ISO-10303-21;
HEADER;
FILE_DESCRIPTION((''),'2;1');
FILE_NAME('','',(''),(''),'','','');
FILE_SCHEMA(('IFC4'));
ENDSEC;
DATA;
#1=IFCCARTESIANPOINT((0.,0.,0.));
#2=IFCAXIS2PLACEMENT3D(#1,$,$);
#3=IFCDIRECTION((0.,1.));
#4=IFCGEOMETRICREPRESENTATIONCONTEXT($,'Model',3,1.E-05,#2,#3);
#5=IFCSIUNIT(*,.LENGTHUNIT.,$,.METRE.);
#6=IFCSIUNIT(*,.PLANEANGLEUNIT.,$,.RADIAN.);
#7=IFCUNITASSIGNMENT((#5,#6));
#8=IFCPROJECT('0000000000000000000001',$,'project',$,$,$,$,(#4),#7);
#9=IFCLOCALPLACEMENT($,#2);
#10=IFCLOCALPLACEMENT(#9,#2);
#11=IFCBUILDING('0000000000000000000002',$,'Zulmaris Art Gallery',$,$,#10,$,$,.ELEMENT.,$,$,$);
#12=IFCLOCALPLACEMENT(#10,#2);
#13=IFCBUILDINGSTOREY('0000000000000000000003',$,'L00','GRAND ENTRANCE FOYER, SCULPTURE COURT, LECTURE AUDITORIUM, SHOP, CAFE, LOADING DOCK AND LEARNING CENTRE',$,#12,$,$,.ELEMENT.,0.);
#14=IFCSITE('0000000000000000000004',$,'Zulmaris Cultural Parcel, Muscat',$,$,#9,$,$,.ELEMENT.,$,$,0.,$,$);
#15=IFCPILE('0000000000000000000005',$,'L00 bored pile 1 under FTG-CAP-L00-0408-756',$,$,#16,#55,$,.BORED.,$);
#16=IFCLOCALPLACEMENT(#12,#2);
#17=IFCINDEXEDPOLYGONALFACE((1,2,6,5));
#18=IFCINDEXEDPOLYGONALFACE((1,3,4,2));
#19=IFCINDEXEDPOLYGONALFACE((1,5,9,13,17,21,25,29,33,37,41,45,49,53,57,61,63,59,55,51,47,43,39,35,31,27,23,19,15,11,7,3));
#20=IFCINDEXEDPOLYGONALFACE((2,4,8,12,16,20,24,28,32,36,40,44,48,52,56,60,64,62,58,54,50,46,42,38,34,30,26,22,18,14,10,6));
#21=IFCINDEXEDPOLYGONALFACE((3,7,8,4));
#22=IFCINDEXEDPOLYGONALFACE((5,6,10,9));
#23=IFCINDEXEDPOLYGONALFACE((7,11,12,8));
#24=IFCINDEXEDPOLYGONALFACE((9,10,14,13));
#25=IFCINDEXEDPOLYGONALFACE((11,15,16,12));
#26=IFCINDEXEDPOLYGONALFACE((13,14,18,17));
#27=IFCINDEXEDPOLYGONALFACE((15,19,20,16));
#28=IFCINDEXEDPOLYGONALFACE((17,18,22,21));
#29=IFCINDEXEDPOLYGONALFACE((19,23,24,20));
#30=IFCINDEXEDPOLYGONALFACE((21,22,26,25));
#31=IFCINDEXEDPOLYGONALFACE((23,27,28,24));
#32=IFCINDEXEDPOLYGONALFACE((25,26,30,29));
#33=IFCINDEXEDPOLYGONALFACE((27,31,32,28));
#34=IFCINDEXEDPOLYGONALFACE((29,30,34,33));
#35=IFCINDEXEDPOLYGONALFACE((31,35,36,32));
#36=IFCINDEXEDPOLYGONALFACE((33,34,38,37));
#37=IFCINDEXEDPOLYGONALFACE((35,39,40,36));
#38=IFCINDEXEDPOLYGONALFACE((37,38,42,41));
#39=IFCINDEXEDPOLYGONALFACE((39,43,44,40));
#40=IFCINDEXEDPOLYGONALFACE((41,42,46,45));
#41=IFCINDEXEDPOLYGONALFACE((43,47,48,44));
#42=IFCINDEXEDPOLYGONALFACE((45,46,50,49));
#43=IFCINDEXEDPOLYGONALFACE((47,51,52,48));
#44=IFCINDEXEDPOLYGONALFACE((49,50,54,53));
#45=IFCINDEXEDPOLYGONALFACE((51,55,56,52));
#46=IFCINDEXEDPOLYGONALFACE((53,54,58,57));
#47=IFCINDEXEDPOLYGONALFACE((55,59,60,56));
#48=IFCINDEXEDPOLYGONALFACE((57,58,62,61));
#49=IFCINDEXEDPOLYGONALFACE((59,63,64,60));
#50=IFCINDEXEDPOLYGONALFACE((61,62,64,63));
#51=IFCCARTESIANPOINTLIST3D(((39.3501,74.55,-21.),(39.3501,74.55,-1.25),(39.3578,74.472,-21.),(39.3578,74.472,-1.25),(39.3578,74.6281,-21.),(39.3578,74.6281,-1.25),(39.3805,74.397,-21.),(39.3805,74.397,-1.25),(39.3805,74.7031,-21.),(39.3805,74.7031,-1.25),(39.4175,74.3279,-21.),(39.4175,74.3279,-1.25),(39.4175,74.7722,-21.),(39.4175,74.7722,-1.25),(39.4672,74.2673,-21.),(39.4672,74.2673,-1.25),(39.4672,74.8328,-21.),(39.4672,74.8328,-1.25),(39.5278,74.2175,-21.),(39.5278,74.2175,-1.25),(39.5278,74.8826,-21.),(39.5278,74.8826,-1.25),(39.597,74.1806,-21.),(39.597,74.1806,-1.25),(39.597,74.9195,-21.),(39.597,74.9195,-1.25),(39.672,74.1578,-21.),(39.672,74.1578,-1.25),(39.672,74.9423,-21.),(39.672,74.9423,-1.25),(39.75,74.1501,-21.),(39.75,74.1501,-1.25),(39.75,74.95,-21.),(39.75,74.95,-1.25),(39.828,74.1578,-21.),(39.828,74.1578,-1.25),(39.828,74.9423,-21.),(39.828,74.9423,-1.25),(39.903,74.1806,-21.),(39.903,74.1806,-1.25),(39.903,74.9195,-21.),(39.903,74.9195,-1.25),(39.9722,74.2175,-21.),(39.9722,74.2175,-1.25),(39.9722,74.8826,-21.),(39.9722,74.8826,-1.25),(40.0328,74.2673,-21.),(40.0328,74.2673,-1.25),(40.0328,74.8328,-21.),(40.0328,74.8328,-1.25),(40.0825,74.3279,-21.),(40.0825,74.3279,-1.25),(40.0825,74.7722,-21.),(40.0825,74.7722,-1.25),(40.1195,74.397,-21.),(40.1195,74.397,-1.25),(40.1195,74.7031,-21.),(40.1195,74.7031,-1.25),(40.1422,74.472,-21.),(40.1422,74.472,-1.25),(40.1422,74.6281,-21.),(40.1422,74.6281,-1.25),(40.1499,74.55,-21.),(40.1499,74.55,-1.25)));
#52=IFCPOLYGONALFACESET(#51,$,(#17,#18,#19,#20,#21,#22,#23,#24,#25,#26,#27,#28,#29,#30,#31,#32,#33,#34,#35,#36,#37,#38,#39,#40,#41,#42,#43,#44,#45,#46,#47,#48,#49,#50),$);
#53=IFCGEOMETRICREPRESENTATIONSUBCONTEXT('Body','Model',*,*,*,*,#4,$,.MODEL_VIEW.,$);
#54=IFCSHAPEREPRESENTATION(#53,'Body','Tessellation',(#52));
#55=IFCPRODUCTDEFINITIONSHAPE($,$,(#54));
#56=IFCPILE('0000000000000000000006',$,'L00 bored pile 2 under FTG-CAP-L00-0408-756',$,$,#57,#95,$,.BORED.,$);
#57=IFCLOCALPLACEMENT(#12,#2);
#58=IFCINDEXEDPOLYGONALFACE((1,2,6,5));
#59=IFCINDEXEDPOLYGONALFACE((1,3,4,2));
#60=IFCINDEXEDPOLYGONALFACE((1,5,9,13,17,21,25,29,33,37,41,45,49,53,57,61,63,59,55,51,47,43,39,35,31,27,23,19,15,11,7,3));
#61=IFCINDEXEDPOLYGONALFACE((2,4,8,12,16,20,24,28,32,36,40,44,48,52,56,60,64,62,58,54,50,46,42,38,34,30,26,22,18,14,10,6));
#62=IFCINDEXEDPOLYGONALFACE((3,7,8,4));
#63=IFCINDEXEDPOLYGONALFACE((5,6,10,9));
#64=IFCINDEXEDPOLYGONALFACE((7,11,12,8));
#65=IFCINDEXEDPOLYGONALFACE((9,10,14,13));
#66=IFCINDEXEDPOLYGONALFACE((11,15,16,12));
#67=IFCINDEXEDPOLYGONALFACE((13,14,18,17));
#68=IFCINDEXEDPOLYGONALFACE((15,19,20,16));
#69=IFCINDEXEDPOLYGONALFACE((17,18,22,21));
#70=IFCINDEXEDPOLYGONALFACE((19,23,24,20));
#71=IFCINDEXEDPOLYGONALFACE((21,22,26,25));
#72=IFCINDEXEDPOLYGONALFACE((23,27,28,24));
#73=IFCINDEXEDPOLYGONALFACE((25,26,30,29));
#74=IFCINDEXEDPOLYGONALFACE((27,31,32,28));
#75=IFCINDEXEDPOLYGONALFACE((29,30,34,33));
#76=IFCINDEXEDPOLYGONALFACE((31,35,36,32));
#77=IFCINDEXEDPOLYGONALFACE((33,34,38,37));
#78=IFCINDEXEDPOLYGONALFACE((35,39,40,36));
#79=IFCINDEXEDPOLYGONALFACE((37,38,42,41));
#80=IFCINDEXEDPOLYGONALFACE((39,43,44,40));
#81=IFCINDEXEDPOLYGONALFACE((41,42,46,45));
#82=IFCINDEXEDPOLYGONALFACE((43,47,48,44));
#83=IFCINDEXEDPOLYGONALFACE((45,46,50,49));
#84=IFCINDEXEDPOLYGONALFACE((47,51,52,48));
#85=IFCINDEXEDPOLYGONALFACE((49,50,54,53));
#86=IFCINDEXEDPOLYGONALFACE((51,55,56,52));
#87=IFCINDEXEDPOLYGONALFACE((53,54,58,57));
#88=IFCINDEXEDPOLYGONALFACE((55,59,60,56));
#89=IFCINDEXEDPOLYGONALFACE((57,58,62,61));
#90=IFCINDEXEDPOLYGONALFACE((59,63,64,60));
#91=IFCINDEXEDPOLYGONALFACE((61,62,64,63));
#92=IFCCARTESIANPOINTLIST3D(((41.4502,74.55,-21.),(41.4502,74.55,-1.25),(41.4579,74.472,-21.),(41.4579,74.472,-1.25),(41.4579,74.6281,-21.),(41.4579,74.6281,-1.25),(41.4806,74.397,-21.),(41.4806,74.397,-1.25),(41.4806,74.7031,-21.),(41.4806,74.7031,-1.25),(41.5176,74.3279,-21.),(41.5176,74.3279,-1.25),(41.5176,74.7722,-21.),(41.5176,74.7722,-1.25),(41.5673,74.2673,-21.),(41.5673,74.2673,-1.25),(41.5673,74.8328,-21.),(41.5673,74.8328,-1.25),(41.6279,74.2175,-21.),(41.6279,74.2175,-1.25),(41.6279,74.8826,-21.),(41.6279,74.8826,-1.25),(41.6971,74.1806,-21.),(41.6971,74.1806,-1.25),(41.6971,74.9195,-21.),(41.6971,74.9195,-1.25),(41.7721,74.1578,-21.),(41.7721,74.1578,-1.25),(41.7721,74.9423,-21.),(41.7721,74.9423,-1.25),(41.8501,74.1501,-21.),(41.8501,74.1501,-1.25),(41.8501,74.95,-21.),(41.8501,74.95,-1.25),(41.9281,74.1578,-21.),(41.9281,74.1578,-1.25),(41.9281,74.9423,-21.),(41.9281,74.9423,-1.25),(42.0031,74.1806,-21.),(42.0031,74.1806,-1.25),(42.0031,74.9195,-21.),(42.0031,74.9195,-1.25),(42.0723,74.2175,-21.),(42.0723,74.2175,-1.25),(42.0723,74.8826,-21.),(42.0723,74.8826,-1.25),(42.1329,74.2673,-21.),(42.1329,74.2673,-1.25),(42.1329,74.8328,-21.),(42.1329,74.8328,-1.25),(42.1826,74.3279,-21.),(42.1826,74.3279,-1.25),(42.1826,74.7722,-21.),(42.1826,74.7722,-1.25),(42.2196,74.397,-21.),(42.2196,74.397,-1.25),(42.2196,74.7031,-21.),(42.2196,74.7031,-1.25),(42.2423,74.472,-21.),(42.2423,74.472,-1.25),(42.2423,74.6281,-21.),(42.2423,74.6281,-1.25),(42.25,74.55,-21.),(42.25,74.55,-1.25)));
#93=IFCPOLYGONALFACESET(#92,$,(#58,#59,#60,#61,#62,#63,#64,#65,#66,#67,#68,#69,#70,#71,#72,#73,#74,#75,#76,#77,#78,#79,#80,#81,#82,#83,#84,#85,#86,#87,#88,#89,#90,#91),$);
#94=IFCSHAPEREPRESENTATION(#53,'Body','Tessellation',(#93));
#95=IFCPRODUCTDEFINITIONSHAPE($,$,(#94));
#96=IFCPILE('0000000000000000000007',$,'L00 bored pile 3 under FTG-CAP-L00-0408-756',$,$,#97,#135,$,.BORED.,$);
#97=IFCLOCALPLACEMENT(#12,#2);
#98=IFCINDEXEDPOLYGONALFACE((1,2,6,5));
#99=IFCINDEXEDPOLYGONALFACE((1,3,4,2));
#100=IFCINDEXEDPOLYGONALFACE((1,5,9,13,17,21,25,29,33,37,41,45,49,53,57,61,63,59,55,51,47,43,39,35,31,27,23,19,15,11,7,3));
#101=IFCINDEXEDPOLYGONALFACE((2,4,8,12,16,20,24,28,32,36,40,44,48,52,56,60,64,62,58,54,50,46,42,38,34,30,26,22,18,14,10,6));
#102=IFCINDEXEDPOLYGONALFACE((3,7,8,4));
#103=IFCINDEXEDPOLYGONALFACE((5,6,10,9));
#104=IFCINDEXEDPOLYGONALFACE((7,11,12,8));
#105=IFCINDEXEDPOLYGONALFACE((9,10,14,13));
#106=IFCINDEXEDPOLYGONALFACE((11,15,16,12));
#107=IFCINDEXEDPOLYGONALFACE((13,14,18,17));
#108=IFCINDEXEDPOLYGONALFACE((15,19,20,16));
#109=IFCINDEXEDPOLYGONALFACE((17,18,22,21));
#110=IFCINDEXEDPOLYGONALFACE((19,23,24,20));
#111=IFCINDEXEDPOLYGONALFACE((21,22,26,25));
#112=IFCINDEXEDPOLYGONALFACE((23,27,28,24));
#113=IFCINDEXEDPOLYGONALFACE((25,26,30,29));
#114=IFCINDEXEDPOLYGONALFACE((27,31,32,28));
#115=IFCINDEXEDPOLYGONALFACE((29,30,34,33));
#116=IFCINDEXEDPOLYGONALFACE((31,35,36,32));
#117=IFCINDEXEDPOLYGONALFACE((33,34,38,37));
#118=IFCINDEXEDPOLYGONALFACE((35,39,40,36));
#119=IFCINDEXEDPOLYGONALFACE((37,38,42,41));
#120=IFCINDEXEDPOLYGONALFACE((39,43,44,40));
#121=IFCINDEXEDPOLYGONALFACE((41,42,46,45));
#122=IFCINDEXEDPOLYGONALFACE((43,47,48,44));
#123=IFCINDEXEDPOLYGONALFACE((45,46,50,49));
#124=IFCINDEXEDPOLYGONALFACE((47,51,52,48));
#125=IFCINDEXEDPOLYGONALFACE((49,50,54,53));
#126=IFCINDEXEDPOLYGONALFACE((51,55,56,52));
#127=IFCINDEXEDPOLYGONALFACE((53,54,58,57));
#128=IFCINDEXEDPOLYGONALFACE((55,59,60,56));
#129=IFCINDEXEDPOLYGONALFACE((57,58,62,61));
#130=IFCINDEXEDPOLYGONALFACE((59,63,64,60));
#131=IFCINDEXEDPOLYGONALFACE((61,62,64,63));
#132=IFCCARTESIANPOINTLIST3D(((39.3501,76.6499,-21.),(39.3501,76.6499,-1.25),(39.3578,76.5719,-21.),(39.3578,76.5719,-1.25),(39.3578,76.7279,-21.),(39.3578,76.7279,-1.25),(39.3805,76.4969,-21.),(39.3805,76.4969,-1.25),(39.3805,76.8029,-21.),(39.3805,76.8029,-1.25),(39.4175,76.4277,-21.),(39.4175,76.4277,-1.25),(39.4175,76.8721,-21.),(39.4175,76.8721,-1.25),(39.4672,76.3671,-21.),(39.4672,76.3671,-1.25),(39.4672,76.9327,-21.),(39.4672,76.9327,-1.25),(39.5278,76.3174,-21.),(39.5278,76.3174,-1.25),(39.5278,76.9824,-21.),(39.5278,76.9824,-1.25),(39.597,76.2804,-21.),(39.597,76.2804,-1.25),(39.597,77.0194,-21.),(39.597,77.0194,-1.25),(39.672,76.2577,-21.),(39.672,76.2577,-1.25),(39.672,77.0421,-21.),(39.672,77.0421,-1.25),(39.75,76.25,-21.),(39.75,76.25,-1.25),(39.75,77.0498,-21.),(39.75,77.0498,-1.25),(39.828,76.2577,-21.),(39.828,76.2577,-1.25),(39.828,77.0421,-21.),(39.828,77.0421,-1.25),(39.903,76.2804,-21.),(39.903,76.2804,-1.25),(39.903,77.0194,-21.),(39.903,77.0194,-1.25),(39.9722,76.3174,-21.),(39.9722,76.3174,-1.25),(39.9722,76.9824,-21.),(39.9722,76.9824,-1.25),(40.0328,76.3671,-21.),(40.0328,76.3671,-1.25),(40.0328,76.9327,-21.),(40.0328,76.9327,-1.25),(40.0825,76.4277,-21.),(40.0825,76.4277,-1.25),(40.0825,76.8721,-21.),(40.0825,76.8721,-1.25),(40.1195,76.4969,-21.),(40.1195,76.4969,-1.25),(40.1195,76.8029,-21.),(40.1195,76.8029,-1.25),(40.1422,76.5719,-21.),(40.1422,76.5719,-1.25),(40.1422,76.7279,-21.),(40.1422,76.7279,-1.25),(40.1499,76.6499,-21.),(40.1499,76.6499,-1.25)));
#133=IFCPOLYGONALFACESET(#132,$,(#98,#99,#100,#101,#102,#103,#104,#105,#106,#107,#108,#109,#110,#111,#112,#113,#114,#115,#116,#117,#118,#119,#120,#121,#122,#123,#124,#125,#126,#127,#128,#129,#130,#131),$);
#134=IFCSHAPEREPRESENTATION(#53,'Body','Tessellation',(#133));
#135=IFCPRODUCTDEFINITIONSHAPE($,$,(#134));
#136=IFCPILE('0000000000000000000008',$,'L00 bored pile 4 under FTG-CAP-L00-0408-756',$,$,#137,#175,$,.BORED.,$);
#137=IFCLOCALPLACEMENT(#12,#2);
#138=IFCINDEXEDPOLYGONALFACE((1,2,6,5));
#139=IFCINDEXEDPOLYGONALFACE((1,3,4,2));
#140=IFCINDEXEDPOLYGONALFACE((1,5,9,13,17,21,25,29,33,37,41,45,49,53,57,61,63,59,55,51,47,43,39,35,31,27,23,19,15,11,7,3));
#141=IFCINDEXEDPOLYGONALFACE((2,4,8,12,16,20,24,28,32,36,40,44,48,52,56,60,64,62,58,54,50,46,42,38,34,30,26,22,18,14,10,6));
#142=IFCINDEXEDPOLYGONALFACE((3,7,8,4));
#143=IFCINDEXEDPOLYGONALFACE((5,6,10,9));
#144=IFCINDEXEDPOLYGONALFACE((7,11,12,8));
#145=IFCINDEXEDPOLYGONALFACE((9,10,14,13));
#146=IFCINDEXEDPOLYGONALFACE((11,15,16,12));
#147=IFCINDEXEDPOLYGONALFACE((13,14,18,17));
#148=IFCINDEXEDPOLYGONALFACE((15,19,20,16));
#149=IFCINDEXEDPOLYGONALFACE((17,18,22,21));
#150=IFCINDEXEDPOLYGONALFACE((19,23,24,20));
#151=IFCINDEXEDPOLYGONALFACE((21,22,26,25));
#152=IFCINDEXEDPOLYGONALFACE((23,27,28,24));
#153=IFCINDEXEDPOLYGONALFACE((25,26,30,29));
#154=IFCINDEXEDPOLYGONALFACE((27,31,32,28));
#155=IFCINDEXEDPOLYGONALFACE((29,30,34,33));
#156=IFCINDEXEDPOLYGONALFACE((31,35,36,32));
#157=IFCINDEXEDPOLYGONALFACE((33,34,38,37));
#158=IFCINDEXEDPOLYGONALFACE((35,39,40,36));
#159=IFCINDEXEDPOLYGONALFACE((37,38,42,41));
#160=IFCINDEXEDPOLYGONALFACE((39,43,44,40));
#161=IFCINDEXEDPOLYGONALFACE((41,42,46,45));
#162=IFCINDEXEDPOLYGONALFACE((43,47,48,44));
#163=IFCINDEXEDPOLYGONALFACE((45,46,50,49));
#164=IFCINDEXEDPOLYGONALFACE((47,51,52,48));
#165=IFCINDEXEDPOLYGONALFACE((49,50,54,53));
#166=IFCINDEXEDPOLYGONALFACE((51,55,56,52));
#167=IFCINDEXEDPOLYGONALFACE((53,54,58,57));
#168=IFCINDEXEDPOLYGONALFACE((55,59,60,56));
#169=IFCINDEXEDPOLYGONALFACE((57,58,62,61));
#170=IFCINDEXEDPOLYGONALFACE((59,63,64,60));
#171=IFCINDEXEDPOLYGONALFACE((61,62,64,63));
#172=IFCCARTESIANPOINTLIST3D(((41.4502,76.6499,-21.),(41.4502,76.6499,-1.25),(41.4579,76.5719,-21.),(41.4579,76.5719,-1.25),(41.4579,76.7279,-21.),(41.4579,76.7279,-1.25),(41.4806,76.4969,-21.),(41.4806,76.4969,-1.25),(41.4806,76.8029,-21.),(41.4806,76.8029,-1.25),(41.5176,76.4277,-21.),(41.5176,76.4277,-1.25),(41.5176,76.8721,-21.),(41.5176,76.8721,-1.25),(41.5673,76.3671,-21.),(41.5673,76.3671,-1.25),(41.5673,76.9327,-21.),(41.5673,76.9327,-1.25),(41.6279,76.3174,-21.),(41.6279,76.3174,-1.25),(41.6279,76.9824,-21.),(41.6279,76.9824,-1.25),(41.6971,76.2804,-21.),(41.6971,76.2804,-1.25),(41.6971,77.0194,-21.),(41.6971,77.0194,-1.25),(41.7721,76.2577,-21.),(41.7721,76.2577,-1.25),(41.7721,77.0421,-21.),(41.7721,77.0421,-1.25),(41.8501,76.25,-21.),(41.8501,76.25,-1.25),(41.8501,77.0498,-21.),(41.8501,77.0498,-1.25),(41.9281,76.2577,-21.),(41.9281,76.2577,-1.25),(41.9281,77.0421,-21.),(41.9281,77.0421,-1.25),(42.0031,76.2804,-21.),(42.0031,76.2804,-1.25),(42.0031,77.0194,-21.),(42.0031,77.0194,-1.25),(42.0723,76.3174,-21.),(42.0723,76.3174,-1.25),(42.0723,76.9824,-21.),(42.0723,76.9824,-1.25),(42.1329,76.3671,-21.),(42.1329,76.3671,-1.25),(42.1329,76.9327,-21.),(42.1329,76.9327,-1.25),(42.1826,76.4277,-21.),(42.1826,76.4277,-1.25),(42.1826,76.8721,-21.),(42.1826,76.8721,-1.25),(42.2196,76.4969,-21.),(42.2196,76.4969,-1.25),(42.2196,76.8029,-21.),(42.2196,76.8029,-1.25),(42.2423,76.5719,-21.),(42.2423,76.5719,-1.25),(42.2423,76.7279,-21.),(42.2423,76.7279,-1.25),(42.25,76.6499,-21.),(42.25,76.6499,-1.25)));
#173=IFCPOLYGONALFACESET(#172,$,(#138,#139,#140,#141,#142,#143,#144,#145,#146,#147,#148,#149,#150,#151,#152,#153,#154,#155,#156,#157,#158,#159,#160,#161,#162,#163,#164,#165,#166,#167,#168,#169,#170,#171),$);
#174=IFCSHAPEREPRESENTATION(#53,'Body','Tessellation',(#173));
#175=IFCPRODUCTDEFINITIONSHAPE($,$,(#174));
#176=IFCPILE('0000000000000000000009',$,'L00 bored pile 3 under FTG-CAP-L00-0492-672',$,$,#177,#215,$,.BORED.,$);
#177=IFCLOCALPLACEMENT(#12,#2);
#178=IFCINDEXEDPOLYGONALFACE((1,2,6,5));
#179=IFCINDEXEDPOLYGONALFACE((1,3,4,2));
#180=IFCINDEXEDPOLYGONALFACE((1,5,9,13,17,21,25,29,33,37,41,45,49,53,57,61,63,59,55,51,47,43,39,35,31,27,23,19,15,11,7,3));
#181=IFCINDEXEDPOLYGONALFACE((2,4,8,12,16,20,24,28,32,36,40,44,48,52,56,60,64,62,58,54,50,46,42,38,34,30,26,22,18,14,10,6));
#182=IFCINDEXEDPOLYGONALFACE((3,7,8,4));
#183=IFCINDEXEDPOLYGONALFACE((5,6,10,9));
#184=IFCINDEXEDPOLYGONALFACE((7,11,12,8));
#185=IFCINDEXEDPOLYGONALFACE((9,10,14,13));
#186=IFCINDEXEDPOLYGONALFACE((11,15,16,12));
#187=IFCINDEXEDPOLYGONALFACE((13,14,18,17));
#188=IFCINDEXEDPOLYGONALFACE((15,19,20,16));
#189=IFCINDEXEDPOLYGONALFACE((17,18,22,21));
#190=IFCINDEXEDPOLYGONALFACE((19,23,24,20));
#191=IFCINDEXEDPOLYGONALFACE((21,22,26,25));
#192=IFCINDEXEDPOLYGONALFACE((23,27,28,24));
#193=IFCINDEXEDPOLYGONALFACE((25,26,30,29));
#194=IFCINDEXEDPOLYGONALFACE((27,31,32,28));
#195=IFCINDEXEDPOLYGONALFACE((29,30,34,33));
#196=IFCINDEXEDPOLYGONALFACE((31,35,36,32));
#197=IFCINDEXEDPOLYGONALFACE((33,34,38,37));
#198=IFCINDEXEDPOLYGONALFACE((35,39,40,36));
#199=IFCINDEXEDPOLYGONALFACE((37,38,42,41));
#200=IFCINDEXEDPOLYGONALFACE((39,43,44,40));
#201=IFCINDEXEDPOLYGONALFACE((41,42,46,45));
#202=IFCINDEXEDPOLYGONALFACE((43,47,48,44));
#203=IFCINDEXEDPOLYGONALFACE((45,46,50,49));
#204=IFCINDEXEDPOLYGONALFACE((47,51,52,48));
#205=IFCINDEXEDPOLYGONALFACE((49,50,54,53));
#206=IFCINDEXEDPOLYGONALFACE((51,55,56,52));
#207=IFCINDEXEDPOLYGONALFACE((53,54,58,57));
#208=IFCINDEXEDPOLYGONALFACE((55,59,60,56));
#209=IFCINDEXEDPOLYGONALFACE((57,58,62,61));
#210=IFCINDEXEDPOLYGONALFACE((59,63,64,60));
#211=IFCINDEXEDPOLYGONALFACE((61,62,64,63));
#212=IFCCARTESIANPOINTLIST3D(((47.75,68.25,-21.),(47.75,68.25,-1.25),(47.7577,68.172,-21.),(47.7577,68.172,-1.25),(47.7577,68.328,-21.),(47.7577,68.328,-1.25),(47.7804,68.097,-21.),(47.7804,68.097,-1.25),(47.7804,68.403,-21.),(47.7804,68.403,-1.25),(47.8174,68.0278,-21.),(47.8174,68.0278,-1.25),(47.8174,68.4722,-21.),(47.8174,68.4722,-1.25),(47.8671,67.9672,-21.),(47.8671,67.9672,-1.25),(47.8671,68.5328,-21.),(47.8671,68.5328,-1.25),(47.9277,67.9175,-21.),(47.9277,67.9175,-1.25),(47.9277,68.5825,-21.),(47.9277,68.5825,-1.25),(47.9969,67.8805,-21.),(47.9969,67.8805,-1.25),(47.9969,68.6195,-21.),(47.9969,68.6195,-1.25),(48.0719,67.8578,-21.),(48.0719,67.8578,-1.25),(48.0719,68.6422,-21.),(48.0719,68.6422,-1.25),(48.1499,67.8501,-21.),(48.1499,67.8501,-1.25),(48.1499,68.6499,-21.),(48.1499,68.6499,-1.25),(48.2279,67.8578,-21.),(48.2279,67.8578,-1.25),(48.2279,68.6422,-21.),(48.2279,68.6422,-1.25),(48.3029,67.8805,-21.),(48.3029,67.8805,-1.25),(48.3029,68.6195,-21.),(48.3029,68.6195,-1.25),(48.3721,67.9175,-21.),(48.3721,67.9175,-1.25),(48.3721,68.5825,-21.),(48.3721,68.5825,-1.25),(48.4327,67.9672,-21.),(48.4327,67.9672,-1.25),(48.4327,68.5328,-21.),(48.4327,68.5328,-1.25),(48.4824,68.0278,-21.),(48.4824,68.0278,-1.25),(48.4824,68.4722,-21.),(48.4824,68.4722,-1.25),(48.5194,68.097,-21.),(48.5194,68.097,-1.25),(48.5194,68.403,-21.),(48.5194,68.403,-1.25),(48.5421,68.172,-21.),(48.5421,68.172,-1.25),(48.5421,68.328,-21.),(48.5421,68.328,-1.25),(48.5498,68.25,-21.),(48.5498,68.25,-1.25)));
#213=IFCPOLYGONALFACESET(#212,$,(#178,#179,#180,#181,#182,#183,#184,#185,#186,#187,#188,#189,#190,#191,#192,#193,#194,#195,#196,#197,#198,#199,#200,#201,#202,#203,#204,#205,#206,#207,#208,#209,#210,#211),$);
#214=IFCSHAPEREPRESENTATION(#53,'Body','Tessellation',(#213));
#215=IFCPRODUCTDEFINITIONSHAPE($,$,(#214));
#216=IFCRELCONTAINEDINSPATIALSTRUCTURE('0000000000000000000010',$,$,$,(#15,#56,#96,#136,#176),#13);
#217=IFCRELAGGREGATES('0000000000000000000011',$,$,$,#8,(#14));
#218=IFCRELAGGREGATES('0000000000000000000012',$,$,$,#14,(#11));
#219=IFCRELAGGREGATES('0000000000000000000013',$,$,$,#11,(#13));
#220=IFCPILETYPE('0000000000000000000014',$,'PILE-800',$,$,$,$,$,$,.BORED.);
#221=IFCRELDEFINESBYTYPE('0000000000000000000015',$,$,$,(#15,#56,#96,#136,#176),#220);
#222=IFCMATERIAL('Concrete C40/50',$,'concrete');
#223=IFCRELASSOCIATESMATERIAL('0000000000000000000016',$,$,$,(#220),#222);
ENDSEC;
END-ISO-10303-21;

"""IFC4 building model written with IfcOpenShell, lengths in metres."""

from ifc_helpers import new_model, si_unit, direction, frame, origin, origin_2d, place, context, subcontext, project, spatial, circle, extrude, material, material_profile, profile_set, type_object, element, save


model = new_model("IFC4")

# Units and contexts
model_context = context("Model", 3, precision=1e-05, world=origin(), true_north=direction((0.0, 1.0)))
body_context = subcontext(model_context, "Body", "Model", "MODEL_VIEW")
ifc_project = project(units=[si_unit("LENGTHUNIT", "METRE"), si_unit("PLANEANGLEUNIT", "RADIAN")], contexts=[model_context])

# Site, building, storey
site_placement = place(None, origin())
site = spatial("IfcSite", under=ifc_project, at=site_placement, Name="Zulmaris Cultural Parcel, Muscat", CompositionType="ELEMENT", RefElevation=0.0)
building_placement = place(site_placement, origin())
building = spatial("IfcBuilding", under=site, at=building_placement, Name="Zulmaris Art Gallery", CompositionType="ELEMENT")
storey_placement = place(building_placement, origin())
storey = spatial("IfcBuildingStorey", under=building, at=storey_placement, Name="L00", Description="GRAND ENTRANCE FOYER, SCULPTURE COURT, LECTURE AUDITORIUM, SHOP, CAFE, LOADING DOCK AND LEARNING CENTRE", CompositionType="ELEMENT", Elevation=0.0)

# Piles
ifc_material_1 = material(Name="Concrete C40/50", Category="concrete")
ifc_material_profile_1 = material_profile(ifc_material_1, circle(Radius=0.3999, at=origin_2d()), Name="PILE DIA 800")
ifc_profile_set_1 = profile_set([ifc_material_profile_1], Name="Concrete C40/50")
pile_type = type_object("IfcPileType", Name="PILE-800", PredefinedType="BORED", material=ifc_profile_set_1)
for number, where, z_axis, x_axis, name in (
    (1, (39.75, 74.55, -1.25), (0.0, 0.0, -1.0), (1.0, 0.0, 0.0), "L00 bored pile 1 under FTG-CAP-L00-0408-756"),
    (2, (41.8501, 74.55, -1.25), (0.0, 0.0, -1.0), (1.0, 0.0, 0.0), "L00 bored pile 2 under FTG-CAP-L00-0408-756"),
    (3, (39.75, 76.6499, -1.25), (0.0, 0.0, -1.0), (1.0, 0.0, 0.0), "L00 bored pile 3 under FTG-CAP-L00-0408-756"),
    (4, (41.8501, 76.6499, -1.25), (0.0, 0.0, -1.0), (1.0, 0.0, 0.0), "L00 bored pile 4 under FTG-CAP-L00-0408-756"),
    (5, (48.1499, 68.25, -1.25), (0.0, 0.0, -1.0), (1.0, 0.0, 0.0), "L00 bored pile 3 under FTG-CAP-L00-0492-672"),
):
    element("IfcPile", number, at=place(storey_placement, frame(where, z_axis=z_axis, x_axis=x_axis)), inside=storey, type_object=pile_type, Name=name, PredefinedType="BORED", context=body_context, shape_type="SweptSolid", body=[
        extrude(circle(Radius=0.3999, at=origin_2d()), origin(), (0.0, 0.0, 1.0), 19.75),
    ])

save(model, "model.ifc")
